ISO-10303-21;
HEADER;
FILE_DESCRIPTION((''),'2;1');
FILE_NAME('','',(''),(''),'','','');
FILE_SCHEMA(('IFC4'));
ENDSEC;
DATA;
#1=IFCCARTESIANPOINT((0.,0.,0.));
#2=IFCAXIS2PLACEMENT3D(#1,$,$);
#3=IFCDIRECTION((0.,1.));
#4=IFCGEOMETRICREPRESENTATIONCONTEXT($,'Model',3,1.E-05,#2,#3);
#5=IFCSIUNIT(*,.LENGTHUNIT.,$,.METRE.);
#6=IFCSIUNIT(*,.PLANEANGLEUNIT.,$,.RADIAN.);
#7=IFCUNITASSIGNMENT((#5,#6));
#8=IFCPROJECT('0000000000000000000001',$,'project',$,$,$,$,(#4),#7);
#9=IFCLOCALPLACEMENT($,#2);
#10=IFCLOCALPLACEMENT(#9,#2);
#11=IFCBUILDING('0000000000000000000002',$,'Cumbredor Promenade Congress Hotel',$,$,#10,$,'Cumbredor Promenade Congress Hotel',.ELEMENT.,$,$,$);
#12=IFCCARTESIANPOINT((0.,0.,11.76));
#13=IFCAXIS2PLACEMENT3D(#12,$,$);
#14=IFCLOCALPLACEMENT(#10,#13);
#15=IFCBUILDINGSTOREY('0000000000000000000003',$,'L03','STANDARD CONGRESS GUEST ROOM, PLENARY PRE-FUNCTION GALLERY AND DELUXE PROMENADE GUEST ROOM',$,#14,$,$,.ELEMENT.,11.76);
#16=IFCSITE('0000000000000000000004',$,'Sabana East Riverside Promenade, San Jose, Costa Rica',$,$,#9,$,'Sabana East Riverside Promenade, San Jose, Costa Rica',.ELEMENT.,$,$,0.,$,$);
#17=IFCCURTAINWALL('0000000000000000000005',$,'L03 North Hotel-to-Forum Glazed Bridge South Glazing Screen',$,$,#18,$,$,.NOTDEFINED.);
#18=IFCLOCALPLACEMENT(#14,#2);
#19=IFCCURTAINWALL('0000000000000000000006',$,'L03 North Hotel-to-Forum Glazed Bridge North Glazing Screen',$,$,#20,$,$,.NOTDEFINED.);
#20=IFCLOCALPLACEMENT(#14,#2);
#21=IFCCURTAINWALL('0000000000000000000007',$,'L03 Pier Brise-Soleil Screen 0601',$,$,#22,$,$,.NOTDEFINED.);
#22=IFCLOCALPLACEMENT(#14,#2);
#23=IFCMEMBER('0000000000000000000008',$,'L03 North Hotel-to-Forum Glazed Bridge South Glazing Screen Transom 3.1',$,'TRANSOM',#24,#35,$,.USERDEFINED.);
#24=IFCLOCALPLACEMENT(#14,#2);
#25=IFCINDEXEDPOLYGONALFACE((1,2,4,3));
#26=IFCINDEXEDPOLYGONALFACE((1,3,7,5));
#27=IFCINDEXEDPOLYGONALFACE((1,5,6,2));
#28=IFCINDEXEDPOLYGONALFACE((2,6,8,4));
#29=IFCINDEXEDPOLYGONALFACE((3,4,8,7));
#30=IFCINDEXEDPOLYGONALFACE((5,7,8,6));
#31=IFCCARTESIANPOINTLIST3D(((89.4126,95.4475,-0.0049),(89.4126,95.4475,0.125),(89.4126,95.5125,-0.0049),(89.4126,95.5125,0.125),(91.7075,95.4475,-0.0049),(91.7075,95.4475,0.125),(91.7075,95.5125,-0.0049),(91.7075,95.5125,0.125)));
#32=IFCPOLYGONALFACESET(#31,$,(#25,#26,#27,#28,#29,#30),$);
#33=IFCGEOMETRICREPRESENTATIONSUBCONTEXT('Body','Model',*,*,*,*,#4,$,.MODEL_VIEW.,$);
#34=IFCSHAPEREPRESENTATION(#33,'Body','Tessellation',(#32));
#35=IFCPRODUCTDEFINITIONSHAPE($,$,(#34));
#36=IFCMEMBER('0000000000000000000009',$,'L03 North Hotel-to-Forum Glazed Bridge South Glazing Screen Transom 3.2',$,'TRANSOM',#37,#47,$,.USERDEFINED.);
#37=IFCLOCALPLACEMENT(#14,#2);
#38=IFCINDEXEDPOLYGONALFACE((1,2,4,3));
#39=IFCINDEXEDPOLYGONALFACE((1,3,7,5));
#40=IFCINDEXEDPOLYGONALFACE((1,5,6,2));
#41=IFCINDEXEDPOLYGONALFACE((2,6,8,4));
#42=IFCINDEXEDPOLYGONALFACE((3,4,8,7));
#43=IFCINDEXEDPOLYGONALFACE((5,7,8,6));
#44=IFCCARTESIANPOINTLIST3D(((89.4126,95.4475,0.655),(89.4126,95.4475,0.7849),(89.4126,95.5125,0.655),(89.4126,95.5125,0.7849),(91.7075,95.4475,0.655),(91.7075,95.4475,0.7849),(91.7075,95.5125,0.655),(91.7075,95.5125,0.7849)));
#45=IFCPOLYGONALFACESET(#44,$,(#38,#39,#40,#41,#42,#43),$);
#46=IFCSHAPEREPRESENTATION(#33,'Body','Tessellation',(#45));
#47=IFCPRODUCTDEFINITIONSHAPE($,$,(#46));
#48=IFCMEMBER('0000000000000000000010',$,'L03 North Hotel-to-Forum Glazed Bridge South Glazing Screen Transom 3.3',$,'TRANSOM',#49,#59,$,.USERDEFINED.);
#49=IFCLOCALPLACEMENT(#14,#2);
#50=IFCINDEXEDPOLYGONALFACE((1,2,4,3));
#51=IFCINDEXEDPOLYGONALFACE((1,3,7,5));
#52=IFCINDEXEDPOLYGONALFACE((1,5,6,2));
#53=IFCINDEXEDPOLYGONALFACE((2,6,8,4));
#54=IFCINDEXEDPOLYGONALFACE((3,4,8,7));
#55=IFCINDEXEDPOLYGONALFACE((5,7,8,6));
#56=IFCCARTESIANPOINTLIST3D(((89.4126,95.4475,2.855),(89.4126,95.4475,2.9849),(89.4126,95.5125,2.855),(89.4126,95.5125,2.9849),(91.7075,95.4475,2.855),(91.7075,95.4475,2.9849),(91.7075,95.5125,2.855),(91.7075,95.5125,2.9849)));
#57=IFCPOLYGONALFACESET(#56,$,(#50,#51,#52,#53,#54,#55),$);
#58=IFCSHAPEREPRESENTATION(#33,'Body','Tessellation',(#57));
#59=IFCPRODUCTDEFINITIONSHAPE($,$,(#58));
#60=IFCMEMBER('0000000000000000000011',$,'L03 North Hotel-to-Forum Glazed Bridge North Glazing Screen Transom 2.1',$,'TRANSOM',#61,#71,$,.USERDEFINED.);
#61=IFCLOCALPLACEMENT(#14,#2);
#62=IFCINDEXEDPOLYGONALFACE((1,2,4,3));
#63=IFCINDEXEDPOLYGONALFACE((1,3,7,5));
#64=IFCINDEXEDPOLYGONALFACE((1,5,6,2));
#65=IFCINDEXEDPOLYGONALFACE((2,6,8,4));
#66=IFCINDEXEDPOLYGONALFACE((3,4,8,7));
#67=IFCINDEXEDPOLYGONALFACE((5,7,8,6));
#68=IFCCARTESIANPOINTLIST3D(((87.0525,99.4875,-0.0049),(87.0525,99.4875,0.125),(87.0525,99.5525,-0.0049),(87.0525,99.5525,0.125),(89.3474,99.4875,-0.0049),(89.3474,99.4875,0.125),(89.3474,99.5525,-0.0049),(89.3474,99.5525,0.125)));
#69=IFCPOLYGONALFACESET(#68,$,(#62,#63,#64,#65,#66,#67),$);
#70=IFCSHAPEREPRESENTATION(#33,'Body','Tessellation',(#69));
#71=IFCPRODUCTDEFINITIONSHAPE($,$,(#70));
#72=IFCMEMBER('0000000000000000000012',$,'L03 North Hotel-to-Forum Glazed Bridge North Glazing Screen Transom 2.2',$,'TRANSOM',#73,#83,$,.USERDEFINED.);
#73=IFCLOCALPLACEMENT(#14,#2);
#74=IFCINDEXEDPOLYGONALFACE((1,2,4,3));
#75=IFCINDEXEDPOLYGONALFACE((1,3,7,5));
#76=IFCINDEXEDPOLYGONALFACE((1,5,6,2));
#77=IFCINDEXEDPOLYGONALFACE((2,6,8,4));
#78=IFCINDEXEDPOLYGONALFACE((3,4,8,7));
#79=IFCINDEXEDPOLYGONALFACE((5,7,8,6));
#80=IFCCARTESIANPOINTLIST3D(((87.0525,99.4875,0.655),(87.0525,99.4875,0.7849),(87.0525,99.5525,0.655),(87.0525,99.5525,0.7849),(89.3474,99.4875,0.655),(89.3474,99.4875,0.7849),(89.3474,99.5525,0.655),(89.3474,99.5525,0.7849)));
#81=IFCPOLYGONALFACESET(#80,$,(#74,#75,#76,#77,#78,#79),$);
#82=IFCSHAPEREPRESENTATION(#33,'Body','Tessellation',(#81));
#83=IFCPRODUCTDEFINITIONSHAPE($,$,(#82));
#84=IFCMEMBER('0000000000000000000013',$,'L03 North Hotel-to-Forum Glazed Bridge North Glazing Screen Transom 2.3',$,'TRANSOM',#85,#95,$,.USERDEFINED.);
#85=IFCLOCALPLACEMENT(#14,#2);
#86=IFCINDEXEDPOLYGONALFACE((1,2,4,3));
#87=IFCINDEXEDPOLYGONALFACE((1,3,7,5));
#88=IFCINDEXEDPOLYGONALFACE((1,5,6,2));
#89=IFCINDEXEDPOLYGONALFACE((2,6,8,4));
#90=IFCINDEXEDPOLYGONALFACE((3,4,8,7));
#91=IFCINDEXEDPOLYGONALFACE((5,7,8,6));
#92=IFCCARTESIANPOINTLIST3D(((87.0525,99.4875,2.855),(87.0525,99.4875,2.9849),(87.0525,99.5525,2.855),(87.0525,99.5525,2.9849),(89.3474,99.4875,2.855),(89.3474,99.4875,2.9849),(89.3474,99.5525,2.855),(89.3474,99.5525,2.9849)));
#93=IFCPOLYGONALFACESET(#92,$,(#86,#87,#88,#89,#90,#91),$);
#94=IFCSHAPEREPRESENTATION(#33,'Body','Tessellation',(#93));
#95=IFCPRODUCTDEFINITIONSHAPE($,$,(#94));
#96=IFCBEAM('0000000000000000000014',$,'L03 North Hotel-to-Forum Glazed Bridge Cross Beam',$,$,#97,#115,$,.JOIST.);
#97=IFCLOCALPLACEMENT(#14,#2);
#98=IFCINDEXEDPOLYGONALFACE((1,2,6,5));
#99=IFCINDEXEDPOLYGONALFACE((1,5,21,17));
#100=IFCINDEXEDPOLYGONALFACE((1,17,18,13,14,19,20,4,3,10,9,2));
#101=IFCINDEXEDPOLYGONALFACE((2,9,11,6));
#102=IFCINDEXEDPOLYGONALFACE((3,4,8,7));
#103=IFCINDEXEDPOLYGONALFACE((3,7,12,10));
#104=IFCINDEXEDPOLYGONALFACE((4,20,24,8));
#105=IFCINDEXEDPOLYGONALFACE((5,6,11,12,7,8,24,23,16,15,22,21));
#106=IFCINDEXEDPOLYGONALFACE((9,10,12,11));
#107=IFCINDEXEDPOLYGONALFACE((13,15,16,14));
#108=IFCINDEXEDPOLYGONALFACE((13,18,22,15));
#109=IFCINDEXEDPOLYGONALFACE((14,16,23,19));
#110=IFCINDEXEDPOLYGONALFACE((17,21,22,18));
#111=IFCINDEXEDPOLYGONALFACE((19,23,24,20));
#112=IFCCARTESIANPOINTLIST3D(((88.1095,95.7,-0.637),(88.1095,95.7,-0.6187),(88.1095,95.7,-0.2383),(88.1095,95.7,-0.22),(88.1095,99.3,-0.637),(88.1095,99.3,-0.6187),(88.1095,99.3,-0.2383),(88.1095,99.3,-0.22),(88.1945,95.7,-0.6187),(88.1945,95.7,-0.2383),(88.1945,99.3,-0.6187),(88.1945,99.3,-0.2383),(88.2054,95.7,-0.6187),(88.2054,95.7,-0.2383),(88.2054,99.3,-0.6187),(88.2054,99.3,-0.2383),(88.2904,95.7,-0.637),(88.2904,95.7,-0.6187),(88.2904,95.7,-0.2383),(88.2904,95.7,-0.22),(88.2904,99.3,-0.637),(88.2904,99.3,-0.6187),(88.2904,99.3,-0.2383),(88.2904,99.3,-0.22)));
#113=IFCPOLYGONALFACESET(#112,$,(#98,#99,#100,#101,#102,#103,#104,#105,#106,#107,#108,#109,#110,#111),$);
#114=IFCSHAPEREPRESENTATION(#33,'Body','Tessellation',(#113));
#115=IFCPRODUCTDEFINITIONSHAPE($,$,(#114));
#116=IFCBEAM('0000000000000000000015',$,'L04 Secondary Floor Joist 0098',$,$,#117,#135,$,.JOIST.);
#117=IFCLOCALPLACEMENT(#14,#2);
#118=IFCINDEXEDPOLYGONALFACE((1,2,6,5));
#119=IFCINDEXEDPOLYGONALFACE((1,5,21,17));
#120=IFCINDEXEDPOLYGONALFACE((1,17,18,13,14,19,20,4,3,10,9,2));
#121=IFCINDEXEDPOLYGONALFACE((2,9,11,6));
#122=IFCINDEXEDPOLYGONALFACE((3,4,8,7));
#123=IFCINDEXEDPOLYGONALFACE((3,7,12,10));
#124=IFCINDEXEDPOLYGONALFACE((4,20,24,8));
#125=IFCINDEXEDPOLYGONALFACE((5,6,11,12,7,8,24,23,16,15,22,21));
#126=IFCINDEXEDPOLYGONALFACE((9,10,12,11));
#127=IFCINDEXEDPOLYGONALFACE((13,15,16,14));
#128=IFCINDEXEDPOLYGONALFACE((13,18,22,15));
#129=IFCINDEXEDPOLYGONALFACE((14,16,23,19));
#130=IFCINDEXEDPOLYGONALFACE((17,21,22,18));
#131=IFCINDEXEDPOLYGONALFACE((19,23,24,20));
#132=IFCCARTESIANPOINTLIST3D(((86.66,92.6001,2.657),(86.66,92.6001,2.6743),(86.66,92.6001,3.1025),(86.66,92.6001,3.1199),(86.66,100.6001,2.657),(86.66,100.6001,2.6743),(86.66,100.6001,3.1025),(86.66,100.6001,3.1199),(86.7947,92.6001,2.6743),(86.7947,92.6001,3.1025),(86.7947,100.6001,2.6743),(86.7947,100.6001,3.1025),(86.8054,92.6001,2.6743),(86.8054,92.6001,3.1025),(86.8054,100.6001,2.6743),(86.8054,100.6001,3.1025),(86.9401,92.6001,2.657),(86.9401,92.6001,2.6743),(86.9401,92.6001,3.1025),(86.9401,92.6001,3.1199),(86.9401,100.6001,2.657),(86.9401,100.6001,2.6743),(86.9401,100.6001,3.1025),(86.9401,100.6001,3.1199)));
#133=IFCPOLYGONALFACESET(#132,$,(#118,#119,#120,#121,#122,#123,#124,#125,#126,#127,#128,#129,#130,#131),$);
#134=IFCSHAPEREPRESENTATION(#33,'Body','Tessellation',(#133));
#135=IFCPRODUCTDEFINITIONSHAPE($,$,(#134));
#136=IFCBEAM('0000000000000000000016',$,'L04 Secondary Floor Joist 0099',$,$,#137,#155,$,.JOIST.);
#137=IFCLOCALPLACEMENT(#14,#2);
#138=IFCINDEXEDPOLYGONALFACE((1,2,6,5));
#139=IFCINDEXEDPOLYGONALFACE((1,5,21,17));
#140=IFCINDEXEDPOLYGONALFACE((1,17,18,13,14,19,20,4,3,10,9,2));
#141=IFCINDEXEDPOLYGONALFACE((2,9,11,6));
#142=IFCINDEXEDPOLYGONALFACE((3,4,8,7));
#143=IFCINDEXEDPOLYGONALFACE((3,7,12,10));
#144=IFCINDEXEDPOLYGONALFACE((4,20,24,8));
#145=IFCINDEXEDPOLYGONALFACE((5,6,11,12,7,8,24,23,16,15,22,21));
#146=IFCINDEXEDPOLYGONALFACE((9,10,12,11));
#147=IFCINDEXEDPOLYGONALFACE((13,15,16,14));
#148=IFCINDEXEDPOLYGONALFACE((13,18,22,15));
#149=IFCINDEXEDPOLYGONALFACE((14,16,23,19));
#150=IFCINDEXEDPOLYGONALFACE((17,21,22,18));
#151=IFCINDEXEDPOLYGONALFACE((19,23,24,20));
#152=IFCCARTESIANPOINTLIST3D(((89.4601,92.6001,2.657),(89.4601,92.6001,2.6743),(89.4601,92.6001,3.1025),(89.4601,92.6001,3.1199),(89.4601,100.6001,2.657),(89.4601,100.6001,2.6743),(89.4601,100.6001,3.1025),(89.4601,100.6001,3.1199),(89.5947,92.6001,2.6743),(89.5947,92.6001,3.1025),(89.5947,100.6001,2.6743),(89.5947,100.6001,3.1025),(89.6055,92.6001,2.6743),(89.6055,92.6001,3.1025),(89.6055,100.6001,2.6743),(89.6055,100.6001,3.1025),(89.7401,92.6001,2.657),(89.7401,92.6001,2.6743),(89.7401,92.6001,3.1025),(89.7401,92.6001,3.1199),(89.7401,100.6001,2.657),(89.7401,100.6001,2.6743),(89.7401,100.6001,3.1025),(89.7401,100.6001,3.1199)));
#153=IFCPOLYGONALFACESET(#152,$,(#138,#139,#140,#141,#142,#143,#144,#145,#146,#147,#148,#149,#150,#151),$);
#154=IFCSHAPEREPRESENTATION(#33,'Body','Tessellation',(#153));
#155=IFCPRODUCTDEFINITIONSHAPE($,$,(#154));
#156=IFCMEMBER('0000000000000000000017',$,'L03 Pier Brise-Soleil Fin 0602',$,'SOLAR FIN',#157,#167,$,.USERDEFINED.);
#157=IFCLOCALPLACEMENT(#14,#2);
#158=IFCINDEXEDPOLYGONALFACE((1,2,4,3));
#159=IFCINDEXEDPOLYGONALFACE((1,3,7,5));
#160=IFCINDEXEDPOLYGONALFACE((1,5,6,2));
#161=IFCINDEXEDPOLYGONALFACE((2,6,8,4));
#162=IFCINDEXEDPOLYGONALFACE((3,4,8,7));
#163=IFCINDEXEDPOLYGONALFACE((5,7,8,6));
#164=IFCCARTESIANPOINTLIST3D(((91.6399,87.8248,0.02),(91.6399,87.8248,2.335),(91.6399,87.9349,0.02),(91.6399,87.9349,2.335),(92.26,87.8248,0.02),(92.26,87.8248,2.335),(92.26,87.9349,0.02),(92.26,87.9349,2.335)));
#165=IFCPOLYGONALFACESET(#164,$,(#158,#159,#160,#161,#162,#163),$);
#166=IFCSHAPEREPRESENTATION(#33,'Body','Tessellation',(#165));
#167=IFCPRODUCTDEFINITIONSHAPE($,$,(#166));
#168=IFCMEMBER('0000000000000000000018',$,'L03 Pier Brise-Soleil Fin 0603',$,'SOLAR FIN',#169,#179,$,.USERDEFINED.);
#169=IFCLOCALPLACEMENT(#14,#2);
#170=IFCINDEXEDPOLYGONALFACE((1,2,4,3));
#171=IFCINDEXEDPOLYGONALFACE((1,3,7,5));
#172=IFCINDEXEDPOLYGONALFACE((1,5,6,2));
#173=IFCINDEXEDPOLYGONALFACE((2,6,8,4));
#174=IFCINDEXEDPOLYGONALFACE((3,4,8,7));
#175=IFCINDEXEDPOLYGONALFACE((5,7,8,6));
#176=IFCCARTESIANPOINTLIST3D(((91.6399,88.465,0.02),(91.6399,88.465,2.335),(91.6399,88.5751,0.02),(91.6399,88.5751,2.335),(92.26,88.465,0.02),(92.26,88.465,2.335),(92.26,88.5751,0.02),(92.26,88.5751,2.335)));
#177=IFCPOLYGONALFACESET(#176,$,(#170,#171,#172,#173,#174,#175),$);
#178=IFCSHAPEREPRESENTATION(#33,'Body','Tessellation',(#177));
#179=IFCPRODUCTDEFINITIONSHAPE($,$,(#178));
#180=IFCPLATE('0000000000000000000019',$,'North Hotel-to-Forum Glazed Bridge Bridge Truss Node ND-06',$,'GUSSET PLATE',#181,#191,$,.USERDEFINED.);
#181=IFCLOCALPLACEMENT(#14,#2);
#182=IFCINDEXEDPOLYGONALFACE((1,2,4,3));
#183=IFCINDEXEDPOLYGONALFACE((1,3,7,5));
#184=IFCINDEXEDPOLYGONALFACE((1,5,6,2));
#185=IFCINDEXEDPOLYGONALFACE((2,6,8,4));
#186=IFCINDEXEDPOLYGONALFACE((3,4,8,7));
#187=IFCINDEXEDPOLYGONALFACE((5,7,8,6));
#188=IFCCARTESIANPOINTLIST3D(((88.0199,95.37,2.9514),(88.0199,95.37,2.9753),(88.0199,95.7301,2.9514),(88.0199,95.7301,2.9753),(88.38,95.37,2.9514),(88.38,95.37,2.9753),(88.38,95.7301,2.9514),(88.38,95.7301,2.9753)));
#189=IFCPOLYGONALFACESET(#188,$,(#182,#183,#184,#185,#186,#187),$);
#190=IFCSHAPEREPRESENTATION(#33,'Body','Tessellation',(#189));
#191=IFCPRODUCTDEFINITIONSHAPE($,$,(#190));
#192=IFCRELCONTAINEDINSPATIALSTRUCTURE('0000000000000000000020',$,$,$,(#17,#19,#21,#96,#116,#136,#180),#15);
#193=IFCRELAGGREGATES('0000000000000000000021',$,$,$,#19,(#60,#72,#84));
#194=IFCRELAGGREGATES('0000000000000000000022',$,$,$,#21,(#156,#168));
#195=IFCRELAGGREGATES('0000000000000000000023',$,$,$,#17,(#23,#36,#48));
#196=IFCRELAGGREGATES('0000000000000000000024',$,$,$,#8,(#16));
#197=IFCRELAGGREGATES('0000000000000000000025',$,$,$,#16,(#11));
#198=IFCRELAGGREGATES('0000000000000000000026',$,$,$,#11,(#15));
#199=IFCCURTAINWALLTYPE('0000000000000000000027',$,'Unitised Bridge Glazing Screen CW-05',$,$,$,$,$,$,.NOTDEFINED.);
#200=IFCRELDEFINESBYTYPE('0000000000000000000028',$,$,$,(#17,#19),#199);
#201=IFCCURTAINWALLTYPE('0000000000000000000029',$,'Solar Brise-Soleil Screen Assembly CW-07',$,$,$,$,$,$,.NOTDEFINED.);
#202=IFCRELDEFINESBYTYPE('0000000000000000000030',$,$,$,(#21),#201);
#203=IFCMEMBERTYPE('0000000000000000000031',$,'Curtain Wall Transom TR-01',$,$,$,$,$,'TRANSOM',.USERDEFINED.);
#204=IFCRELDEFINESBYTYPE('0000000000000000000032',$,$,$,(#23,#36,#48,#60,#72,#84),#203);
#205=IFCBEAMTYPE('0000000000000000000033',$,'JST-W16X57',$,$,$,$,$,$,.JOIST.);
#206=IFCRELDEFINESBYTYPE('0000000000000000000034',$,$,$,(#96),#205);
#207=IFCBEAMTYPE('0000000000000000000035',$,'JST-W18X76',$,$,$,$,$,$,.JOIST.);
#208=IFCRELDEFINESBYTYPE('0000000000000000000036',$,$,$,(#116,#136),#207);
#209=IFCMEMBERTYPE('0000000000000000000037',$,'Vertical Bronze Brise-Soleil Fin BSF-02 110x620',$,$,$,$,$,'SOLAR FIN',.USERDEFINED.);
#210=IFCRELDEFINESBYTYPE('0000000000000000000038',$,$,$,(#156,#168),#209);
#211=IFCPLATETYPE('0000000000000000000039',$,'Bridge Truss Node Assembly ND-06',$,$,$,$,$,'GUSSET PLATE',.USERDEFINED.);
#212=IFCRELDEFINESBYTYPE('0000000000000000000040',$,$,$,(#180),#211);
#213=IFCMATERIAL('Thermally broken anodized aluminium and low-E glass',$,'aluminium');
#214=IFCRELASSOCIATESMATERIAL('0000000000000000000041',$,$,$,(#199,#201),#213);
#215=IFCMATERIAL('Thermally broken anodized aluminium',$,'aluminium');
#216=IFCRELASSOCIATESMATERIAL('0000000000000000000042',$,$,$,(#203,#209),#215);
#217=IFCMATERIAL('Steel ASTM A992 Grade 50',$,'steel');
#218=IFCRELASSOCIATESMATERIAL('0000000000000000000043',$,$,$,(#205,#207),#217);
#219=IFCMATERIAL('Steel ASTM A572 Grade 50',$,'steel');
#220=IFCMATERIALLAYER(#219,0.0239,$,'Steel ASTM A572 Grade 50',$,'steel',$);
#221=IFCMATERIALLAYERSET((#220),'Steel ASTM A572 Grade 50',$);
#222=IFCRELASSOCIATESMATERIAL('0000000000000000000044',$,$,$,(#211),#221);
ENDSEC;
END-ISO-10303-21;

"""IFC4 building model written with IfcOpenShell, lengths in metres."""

from ifc_helpers import new_model, si_unit, direction, frame, origin, origin_2d, place, context, subcontext, project, spatial, rectangle, i_section, extrude, material, layer, layer_set, material_profile, profile_set, type_object, element, aggregate, save


model = new_model("IFC4")

# Units and contexts
model_context = context("Model", 3, precision=1e-05, world=origin(), true_north=direction((0.0, 1.0)))
body_context = subcontext(model_context, "Body", "Model", "MODEL_VIEW")
ifc_project = project(units=[si_unit("LENGTHUNIT", "METRE"), si_unit("PLANEANGLEUNIT", "RADIAN")], contexts=[model_context])

# Site, building, storey
site_placement = place(None, origin())
site = spatial("IfcSite", under=ifc_project, at=site_placement, Name="Sabana East Riverside Promenade, San Jose, Costa Rica", LongName="Sabana East Riverside Promenade, San Jose, Costa Rica", CompositionType="ELEMENT", RefElevation=0.0)
building_placement = place(site_placement, origin())
building = spatial("IfcBuilding", under=site, at=building_placement, Name="Cumbredor Promenade Congress Hotel", LongName="Cumbredor Promenade Congress Hotel", CompositionType="ELEMENT")
storey_placement = place(building_placement, frame((0.0, 0.0, 11.76)))
storey = spatial("IfcBuildingStorey", under=building, at=storey_placement, Name="L03", Description="STANDARD CONGRESS GUEST ROOM, PLENARY PRE-FUNCTION GALLERY AND DELUXE PROMENADE GUEST ROOM", CompositionType="ELEMENT", Elevation=11.76)

# Curtain wall
ifc_material_1 = material(Name="Thermally broken anodized aluminium and low-E glass", Category="aluminium")
curtain_wall_type_1 = type_object("IfcCurtainWallType", Name="Unitised Bridge Glazing Screen CW-05", PredefinedType="NOTDEFINED", material=ifc_material_1)
curtain_wall_1_placement = place(storey_placement, origin())
curtain_wall_1 = element("IfcCurtainWall", 1, at=curtain_wall_1_placement, inside=storey, type_object=curtain_wall_type_1, Name="L03 North Hotel-to-Forum Glazed Bridge South Glazing Screen", PredefinedType="NOTDEFINED")
ifc_material_2 = material(Name="Thermally broken anodized aluminium", Category="aluminium")

# Curtain walls
curtain_wall_2_placement = place(storey_placement, origin())
curtain_wall_2 = element("IfcCurtainWall", 2, at=curtain_wall_2_placement, inside=storey, type_object=curtain_wall_type_1, Name="L03 North Hotel-to-Forum Glazed Bridge North Glazing Screen", PredefinedType="NOTDEFINED")
curtain_wall_type_2 = type_object("IfcCurtainWallType", Name="Solar Brise-Soleil Screen Assembly CW-07", PredefinedType="NOTDEFINED", material=ifc_material_1)
curtain_wall_3_placement = place(storey_placement, origin())
curtain_wall_3 = element("IfcCurtainWall", 3, at=curtain_wall_3_placement, inside=storey, type_object=curtain_wall_type_2, Name="L03 Pier Brise-Soleil Screen 0601", PredefinedType="NOTDEFINED")
ifc_material_profile_1 = material_profile(ifc_material_2, rectangle(XDim=0.0649, YDim=0.1299, at=origin_2d()), Name="ALU TRANSOM 65x130")
ifc_profile_set_1 = profile_set([ifc_material_profile_1], Name="Thermally broken anodized aluminium")
member_type_1 = type_object("IfcMemberType", Name="Curtain Wall Transom TR-01", ElementType="TRANSOM", PredefinedType="USERDEFINED", material=ifc_profile_set_1)

# Members
member_1_placement = place(storey_placement, frame((89.4126, 95.48, 0.0601), z_axis=(1.0, 0.0, 0.0), x_axis=(0.0, 1.0, 0.0)))
member_1 = element("IfcMember", 4, at=member_1_placement, type_object=member_type_1, Name="L03 North Hotel-to-Forum Glazed Bridge South Glazing Screen Transom 3.1", ObjectType="TRANSOM", PredefinedType="USERDEFINED", context=body_context, shape_type="SweptSolid", body=[
    extrude(rectangle(XDim=0.0649, YDim=0.1299, at=origin_2d()), origin(), (0.0, 0.0, 1.0), 2.2949),
])
member_2_placement = place(storey_placement, frame((89.4126, 95.48, 0.72), z_axis=(1.0, 0.0, 0.0), x_axis=(0.0, 1.0, 0.0)))
member_2 = element("IfcMember", 5, at=member_2_placement, type_object=member_type_1, Name="L03 North Hotel-to-Forum Glazed Bridge South Glazing Screen Transom 3.2", ObjectType="TRANSOM", PredefinedType="USERDEFINED", context=body_context, shape_type="SweptSolid", body=[
    extrude(rectangle(XDim=0.0649, YDim=0.1299, at=origin_2d()), origin(), (0.0, 0.0, 1.0), 2.2949),
])
member_3_placement = place(storey_placement, frame((89.4126, 95.48, 2.9199), z_axis=(1.0, 0.0, 0.0), x_axis=(0.0, 1.0, 0.0)))
member_3 = element("IfcMember", 6, at=member_3_placement, type_object=member_type_1, Name="L03 North Hotel-to-Forum Glazed Bridge South Glazing Screen Transom 3.3", ObjectType="TRANSOM", PredefinedType="USERDEFINED", context=body_context, shape_type="SweptSolid", body=[
    extrude(rectangle(XDim=0.0649, YDim=0.1299, at=origin_2d()), origin(), (0.0, 0.0, 1.0), 2.2949),
])
member_4_placement = place(storey_placement, frame((87.0525, 99.52, 0.0601), z_axis=(1.0, 0.0, 0.0), x_axis=(0.0, 1.0, 0.0)))
member_4 = element("IfcMember", 7, at=member_4_placement, type_object=member_type_1, Name="L03 North Hotel-to-Forum Glazed Bridge North Glazing Screen Transom 2.1", ObjectType="TRANSOM", PredefinedType="USERDEFINED", context=body_context, shape_type="SweptSolid", body=[
    extrude(rectangle(XDim=0.0649, YDim=0.1299, at=origin_2d()), origin(), (0.0, 0.0, 1.0), 2.2949),
])
member_5_placement = place(storey_placement, frame((87.0525, 99.52, 0.72), z_axis=(1.0, 0.0, 0.0), x_axis=(0.0, 1.0, 0.0)))
member_5 = element("IfcMember", 8, at=member_5_placement, type_object=member_type_1, Name="L03 North Hotel-to-Forum Glazed Bridge North Glazing Screen Transom 2.2", ObjectType="TRANSOM", PredefinedType="USERDEFINED", context=body_context, shape_type="SweptSolid", body=[
    extrude(rectangle(XDim=0.0649, YDim=0.1299, at=origin_2d()), origin(), (0.0, 0.0, 1.0), 2.2949),
])
member_6_placement = place(storey_placement, frame((87.0525, 99.52, 2.9199), z_axis=(1.0, 0.0, 0.0), x_axis=(0.0, 1.0, 0.0)))
member_6 = element("IfcMember", 9, at=member_6_placement, type_object=member_type_1, Name="L03 North Hotel-to-Forum Glazed Bridge North Glazing Screen Transom 2.3", ObjectType="TRANSOM", PredefinedType="USERDEFINED", context=body_context, shape_type="SweptSolid", body=[
    extrude(rectangle(XDim=0.0649, YDim=0.1299, at=origin_2d()), origin(), (0.0, 0.0, 1.0), 2.2949),
])
aggregate(curtain_wall_2, [member_4, member_5, member_6])

# Beams
ifc_material_3 = material(Name="Steel ASTM A992 Grade 50", Category="steel")
ifc_material_profile_2 = material_profile(ifc_material_3, i_section(OverallWidth=0.1809, OverallDepth=0.417, WebThickness=0.011, FlangeThickness=0.0183, at=origin_2d()), Name="W16X57")
ifc_profile_set_2 = profile_set([ifc_material_profile_2], Name="Steel ASTM A992 Grade 50")
beam_type_1 = type_object("IfcBeamType", Name="JST-W16X57", PredefinedType="JOIST", material=ifc_profile_set_2)
beam_1_placement = place(storey_placement, frame((88.2, 95.7, -0.4285), z_axis=(0.0, 1.0, 0.0), x_axis=(-1.0, 0.0, 0.0)))
element("IfcBeam", 10, at=beam_1_placement, inside=storey, type_object=beam_type_1, Name="L03 North Hotel-to-Forum Glazed Bridge Cross Beam", PredefinedType="JOIST", context=body_context, shape_type="SweptSolid", body=[
    extrude(i_section(OverallWidth=0.1809, OverallDepth=0.417, WebThickness=0.011, FlangeThickness=0.0183, at=origin_2d()), origin(), (0.0, 0.0, 1.0), 3.6001),
])
ifc_material_profile_3 = material_profile(ifc_material_3, i_section(OverallWidth=0.28, OverallDepth=0.4629, WebThickness=0.0107, FlangeThickness=0.0173, at=origin_2d()), Name="W18X76")
ifc_profile_set_3 = profile_set([ifc_material_profile_3], Name="Steel ASTM A992 Grade 50")
beam_type_2 = type_object("IfcBeamType", Name="JST-W18X76", PredefinedType="JOIST", material=ifc_profile_set_3)
for number, where, z_axis, x_axis, name in (
    (11, (86.8, 92.6001, 2.8884), (0.0, 1.0, 0.0), (-1.0, 0.0, 0.0), "L04 Secondary Floor Joist 0098"),
    (12, (89.6001, 92.6001, 2.8884), (0.0, 1.0, 0.0), (-1.0, 0.0, 0.0), "L04 Secondary Floor Joist 0099"),
):
    element("IfcBeam", number, at=place(storey_placement, frame(where, z_axis=z_axis, x_axis=x_axis)), inside=storey, type_object=beam_type_2, Name=name, PredefinedType="JOIST", context=body_context, shape_type="SweptSolid", body=[
        extrude(i_section(OverallWidth=0.28, OverallDepth=0.4629, WebThickness=0.0107, FlangeThickness=0.0173, at=origin_2d()), origin(), (0.0, 0.0, 1.0), 8.0),
    ])

# Members
ifc_material_profile_4 = material_profile(ifc_material_2, rectangle(XDim=0.1101, YDim=0.6201, at=origin_2d()), Name="ARCH FIN 110x620")
ifc_profile_set_4 = profile_set([ifc_material_profile_4], Name="Thermally broken anodized aluminium")
member_type_2 = type_object("IfcMemberType", Name="Vertical Bronze Brise-Soleil Fin BSF-02 110x620", ElementType="SOLAR FIN", PredefinedType="USERDEFINED", material=ifc_profile_set_4)
member_7_placement = place(storey_placement, frame((91.95, 87.8799, 0.02), z_axis=(0.0, 0.0, 1.0), x_axis=(0.0, 1.0, 0.0)))
member_7 = element("IfcMember", 13, at=member_7_placement, type_object=member_type_2, Name="L03 Pier Brise-Soleil Fin 0602", ObjectType="SOLAR FIN", PredefinedType="USERDEFINED", context=body_context, shape_type="SweptSolid", body=[
    extrude(rectangle(XDim=0.1101, YDim=0.6201, at=origin_2d()), origin(), (0.0, 0.0, 1.0), 2.3149),
])
member_8_placement = place(storey_placement, frame((91.95, 88.52, 0.02), z_axis=(0.0, 0.0, 1.0), x_axis=(0.0, 1.0, 0.0)))
member_8 = element("IfcMember", 14, at=member_8_placement, type_object=member_type_2, Name="L03 Pier Brise-Soleil Fin 0603", ObjectType="SOLAR FIN", PredefinedType="USERDEFINED", context=body_context, shape_type="SweptSolid", body=[
    extrude(rectangle(XDim=0.1101, YDim=0.6201, at=origin_2d()), origin(), (0.0, 0.0, 1.0), 2.3149),
])
aggregate(curtain_wall_3, [member_7, member_8])

# Plate
ifc_material_4 = material(Name="Steel ASTM A572 Grade 50", Category="steel")
ifc_layer_1 = layer(ifc_material_4, 0.0239, Name="Steel ASTM A572 Grade 50", Category="steel")
ifc_layer_set_1 = layer_set([ifc_layer_1], Name="Steel ASTM A572 Grade 50")
plate_type_1 = type_object("IfcPlateType", Name="Bridge Truss Node Assembly ND-06", ElementType="GUSSET PLATE", PredefinedType="USERDEFINED", material=ifc_layer_set_1)
for number, where, z_axis, x_axis, name in (
    (15, (88.2, 95.55, 2.9514), (0.0, 0.0, 1.0), (1.0, 0.0, 0.0), "North Hotel-to-Forum Glazed Bridge Bridge Truss Node ND-06"),
):
    element("IfcPlate", number, at=place(storey_placement, frame(where, z_axis=z_axis, x_axis=x_axis)), inside=storey, type_object=plate_type_1, Name=name, ObjectType="GUSSET PLATE", PredefinedType="USERDEFINED", context=body_context, shape_type="SweptSolid", body=[
        extrude(rectangle(XDim=0.3601, YDim=0.3601, at=origin_2d()), origin(), (0.0, 0.0, 1.0), 0.0239),
    ])

aggregate(curtain_wall_1, [member_1, member_2, member_3])

save(model, "model.ifc")
